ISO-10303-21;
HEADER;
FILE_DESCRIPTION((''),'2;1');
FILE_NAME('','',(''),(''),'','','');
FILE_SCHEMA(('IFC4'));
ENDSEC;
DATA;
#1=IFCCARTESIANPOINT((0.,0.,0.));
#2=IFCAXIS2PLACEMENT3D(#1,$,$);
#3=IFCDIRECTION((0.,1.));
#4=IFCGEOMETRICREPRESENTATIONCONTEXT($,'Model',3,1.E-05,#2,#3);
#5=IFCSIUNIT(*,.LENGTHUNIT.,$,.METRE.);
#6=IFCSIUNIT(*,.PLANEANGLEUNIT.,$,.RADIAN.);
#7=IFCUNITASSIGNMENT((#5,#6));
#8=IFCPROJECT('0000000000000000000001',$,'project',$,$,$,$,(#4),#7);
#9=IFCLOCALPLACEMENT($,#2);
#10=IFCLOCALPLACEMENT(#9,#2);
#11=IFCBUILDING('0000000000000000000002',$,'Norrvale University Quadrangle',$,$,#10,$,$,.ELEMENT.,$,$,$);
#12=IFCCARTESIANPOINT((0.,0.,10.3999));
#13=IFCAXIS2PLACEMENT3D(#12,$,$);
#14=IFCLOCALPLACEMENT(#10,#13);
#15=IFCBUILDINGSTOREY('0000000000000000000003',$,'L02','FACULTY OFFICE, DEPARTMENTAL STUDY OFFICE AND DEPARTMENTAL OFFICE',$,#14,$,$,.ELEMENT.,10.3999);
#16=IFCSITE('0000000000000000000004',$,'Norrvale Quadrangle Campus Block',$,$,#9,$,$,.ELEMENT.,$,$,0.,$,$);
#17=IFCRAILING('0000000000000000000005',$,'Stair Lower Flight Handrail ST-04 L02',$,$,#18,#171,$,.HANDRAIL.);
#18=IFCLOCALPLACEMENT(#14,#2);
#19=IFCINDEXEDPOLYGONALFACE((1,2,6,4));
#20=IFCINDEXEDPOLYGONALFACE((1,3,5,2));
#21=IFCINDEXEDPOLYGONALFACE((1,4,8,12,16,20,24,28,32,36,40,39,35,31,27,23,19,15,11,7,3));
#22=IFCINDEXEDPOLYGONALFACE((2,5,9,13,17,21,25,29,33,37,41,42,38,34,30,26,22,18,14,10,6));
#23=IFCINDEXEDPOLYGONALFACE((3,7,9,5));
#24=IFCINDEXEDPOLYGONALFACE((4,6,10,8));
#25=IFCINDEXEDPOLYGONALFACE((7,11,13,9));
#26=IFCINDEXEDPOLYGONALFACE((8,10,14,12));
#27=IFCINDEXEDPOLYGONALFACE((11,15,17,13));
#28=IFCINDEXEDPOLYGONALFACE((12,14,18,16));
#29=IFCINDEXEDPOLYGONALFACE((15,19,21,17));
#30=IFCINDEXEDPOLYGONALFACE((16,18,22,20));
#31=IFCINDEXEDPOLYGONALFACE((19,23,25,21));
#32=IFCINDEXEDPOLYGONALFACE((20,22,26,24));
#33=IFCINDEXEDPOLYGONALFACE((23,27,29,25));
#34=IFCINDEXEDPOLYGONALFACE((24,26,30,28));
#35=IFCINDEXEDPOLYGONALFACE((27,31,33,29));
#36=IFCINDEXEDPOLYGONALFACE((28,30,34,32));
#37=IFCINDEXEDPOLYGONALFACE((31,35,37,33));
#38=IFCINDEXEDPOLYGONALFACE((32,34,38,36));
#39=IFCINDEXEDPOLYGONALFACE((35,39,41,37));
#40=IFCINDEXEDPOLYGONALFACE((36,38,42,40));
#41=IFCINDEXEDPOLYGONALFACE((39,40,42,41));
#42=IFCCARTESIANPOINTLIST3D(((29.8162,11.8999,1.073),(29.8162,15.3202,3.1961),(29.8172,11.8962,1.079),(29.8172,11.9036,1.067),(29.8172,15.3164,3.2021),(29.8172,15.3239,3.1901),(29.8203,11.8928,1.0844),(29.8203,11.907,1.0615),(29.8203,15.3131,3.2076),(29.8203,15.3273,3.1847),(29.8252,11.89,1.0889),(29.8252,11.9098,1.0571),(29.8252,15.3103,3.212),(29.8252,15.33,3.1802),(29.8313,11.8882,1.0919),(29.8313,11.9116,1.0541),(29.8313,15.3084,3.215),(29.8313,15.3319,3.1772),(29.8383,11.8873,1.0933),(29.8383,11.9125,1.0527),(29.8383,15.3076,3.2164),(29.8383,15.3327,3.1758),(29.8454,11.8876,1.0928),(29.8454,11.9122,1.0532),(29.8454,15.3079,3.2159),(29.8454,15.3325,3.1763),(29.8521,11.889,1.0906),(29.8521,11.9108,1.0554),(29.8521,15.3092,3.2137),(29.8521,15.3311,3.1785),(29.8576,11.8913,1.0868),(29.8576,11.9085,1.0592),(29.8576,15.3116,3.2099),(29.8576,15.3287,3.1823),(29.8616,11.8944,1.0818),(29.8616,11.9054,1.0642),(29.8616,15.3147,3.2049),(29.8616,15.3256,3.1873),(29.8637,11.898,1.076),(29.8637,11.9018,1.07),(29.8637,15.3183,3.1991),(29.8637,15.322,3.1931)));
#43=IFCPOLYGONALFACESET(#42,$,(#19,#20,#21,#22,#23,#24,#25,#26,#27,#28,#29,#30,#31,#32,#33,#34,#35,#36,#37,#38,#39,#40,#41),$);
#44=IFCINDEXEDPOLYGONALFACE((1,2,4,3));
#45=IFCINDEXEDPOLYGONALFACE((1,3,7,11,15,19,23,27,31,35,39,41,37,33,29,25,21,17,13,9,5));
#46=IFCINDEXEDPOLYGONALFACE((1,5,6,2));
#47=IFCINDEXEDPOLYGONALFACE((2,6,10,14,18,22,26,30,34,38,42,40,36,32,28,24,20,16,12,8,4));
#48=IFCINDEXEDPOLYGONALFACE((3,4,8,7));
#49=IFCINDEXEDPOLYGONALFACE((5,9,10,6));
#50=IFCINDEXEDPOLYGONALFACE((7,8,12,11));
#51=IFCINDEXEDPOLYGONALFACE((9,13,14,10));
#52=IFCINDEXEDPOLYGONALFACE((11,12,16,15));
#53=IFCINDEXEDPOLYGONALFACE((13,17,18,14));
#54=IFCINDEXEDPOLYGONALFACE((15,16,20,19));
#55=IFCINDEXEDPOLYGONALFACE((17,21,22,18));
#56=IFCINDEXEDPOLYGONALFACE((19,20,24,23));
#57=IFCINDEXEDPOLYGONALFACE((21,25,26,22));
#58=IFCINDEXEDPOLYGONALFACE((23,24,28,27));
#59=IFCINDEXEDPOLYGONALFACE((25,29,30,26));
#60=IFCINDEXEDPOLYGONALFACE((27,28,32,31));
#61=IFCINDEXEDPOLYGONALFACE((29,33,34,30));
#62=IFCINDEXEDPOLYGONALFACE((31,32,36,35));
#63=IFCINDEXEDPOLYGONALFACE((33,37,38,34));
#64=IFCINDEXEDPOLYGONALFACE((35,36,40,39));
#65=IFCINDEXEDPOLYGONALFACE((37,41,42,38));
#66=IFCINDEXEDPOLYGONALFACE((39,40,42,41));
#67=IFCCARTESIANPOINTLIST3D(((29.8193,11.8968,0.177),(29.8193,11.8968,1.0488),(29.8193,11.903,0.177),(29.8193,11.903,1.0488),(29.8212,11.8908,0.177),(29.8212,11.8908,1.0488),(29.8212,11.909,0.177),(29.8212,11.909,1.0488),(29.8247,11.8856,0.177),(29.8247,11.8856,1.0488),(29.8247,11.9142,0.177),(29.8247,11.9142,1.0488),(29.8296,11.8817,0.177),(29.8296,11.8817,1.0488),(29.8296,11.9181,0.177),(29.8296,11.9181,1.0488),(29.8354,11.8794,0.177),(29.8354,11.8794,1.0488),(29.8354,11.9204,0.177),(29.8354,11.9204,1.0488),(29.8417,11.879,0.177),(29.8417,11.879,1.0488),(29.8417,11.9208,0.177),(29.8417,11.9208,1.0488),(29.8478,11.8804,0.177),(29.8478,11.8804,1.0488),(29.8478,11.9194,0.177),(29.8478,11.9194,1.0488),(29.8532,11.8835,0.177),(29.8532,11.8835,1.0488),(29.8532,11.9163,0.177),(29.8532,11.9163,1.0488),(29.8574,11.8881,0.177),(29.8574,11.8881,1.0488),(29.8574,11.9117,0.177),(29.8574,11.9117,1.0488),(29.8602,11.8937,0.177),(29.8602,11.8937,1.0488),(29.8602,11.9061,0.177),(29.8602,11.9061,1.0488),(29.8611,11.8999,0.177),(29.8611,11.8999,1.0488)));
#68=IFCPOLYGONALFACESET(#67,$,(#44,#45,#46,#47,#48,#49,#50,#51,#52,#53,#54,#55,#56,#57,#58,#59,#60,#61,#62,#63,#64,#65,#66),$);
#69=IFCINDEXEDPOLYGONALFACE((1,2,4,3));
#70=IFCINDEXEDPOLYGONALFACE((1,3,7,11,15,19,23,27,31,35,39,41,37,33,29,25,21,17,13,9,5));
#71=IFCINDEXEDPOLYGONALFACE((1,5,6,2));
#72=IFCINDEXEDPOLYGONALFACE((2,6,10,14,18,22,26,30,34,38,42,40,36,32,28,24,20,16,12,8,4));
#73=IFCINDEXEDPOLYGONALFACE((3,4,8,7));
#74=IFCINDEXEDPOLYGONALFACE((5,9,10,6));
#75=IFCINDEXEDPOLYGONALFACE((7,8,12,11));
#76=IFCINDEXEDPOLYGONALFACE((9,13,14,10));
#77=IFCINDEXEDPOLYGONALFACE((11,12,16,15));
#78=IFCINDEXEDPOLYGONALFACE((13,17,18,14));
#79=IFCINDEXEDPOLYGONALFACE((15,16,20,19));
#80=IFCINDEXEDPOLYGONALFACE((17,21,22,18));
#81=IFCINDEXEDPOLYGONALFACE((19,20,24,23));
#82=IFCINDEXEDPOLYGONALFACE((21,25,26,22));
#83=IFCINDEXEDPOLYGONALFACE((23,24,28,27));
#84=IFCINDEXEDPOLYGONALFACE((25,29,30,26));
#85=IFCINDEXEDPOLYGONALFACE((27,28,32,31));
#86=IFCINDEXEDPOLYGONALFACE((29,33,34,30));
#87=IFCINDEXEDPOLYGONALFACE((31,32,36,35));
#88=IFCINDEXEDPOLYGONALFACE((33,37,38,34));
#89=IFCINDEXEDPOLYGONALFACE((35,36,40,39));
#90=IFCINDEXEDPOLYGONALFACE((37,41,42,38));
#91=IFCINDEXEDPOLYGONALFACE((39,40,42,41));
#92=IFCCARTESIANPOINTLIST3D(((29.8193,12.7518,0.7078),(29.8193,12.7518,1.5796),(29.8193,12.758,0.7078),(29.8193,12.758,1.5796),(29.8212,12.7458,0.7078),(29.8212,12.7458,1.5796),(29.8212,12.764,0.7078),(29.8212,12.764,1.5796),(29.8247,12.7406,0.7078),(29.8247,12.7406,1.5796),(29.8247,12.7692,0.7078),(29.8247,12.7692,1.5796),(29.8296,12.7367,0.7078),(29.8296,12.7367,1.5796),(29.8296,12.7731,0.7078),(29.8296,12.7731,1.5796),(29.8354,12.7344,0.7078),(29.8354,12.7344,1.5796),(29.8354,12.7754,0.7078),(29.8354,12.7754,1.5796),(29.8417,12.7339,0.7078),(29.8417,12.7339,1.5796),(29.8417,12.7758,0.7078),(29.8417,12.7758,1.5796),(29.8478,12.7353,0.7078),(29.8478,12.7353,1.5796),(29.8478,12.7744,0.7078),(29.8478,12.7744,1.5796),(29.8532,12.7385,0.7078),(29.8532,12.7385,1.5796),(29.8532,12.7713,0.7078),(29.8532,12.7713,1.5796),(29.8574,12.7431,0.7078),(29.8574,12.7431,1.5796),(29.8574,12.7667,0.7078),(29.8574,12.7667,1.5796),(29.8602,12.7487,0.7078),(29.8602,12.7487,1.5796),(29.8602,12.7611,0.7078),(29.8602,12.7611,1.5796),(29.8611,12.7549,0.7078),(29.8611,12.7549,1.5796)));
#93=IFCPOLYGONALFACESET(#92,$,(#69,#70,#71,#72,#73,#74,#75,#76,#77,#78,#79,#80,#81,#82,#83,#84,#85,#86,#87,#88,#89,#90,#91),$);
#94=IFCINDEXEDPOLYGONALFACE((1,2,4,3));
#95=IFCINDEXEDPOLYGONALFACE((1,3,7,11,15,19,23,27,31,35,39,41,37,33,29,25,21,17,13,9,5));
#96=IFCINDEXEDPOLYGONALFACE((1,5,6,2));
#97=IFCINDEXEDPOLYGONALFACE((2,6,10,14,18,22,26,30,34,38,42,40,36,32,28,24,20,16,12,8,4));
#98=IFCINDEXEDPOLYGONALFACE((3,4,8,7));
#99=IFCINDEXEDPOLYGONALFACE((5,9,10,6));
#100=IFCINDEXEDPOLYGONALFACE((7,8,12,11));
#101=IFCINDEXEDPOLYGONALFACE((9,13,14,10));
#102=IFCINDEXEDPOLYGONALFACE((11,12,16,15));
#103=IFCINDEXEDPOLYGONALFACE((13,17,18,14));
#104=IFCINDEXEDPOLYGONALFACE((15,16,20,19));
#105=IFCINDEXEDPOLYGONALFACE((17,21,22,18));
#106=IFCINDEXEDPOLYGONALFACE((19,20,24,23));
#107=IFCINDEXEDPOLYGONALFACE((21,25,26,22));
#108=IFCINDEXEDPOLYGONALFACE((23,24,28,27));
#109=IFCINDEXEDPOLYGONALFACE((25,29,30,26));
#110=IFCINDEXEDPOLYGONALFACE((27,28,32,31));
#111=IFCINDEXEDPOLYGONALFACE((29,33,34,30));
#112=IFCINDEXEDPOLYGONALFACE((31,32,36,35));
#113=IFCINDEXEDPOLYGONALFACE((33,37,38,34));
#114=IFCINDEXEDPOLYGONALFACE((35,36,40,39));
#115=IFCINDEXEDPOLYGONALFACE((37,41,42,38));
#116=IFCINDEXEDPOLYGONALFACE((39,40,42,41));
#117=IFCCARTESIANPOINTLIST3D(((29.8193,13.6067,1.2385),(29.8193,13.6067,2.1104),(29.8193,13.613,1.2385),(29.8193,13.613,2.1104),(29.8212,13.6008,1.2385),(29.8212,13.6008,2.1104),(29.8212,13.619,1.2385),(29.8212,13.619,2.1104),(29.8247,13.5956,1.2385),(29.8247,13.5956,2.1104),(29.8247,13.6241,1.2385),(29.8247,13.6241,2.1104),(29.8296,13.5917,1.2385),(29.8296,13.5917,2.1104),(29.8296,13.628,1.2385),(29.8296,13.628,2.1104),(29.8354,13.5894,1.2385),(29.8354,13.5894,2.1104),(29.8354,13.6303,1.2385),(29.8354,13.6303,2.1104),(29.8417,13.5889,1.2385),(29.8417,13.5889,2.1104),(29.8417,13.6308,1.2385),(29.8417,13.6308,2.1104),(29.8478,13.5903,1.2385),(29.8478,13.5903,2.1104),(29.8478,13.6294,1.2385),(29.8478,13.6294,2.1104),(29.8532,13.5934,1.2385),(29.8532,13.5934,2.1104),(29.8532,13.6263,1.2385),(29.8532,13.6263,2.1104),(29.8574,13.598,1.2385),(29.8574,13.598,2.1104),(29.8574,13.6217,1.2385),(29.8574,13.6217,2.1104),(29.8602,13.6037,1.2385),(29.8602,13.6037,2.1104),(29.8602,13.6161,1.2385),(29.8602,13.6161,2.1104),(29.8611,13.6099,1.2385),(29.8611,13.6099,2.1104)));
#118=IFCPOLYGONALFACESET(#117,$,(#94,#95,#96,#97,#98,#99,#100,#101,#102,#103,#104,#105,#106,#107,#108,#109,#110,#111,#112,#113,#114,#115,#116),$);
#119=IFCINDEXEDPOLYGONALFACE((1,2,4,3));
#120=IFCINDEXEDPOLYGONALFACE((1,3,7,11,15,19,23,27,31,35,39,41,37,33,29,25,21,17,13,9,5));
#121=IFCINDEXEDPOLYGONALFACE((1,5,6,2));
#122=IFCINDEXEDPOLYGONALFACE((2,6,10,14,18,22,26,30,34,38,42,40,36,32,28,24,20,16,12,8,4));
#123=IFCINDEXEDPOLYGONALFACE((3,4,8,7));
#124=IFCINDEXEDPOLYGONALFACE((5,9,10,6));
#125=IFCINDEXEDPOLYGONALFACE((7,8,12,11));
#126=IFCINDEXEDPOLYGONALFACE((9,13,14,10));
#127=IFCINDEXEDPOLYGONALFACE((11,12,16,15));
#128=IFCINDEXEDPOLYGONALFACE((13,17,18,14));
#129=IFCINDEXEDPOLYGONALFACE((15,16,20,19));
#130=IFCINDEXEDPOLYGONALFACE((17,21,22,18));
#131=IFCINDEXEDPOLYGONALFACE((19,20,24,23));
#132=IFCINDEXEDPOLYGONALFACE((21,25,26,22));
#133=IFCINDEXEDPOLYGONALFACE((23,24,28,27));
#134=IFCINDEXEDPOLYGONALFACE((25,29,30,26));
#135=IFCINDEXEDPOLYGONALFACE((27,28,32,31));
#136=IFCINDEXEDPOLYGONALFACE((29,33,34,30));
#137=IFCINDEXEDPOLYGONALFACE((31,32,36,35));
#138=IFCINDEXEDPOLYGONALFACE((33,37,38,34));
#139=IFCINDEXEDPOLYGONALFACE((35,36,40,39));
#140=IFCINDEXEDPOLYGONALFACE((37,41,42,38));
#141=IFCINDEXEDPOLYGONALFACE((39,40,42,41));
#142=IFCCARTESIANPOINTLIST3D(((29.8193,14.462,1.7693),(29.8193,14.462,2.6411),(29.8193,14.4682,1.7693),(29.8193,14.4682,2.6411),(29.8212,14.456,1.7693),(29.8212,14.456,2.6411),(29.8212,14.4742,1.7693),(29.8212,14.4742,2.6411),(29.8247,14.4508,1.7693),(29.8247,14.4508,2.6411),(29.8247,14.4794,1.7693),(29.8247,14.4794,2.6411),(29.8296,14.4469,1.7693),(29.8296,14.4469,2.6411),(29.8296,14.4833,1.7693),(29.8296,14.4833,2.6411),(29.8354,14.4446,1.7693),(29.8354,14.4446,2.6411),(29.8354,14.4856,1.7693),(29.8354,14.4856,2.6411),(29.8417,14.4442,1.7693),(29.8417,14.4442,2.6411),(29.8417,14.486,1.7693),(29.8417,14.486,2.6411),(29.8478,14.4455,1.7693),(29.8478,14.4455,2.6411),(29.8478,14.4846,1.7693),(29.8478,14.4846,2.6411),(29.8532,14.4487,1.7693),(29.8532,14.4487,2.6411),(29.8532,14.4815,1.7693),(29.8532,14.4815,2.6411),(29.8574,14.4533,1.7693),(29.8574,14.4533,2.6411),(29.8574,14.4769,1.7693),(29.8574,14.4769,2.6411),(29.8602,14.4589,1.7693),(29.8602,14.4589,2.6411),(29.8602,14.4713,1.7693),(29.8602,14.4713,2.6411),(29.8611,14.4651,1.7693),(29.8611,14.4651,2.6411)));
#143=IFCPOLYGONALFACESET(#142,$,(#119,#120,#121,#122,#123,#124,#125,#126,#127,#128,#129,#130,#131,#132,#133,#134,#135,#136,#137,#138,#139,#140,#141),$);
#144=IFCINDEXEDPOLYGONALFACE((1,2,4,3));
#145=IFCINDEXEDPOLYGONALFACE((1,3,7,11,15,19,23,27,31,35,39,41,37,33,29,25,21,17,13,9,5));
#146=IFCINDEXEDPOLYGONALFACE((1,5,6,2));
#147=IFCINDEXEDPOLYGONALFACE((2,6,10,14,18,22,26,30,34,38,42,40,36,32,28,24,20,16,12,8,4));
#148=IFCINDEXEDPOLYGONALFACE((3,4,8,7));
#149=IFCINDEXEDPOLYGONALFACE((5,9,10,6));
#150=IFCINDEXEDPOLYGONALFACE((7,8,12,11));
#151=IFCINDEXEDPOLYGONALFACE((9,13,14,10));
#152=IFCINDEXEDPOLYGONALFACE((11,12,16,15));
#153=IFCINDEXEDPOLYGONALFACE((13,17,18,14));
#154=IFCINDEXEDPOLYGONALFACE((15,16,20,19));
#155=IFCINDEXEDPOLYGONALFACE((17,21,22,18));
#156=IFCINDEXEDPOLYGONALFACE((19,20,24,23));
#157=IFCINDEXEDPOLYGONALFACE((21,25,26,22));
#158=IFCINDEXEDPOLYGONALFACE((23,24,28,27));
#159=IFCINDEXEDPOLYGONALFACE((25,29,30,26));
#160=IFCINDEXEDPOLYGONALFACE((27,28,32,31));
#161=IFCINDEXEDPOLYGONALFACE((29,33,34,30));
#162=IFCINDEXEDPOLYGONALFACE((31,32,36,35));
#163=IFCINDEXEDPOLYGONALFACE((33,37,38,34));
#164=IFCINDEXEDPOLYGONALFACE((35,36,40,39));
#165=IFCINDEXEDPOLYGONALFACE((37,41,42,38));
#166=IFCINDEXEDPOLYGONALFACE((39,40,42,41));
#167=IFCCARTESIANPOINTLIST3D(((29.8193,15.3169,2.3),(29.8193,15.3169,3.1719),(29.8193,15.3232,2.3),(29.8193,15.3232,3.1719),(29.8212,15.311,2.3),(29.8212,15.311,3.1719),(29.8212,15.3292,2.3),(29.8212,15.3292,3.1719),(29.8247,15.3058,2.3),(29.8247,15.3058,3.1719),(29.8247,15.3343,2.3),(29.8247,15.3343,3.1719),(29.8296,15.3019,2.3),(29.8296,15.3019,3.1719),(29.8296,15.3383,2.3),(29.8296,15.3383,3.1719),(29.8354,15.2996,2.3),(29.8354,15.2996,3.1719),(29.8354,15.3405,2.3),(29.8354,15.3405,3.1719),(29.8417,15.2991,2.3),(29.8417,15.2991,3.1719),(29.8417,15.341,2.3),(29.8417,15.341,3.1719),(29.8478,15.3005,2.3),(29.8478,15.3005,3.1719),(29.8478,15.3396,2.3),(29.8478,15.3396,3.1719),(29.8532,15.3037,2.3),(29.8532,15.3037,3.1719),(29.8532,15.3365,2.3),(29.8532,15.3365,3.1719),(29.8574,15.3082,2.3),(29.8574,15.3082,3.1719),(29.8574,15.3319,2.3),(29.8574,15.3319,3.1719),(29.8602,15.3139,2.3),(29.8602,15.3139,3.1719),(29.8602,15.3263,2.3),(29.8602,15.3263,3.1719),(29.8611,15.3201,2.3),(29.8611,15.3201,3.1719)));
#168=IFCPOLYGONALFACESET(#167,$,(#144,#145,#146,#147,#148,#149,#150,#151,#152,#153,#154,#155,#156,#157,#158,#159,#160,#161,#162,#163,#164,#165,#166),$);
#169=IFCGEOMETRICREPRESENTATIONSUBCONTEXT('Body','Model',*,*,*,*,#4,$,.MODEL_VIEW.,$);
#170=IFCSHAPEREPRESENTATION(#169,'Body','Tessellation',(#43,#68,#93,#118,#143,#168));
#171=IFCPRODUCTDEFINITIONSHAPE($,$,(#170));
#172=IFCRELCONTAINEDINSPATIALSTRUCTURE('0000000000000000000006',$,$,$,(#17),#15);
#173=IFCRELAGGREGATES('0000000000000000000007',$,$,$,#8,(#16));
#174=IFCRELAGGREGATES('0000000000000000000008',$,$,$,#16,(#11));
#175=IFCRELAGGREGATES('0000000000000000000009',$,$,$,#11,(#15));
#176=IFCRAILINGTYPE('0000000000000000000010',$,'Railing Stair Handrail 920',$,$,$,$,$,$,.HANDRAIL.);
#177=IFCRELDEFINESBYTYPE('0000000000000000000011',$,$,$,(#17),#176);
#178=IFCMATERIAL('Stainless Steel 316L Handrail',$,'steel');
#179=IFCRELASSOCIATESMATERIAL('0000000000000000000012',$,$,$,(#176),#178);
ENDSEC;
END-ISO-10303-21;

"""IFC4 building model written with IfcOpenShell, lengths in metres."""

from ifc_helpers import new_model, si_unit, direction, frame, origin, origin_2d, place, context, subcontext, project, spatial, circle, extrude, material, type_object, element, save


model = new_model("IFC4")

# Units and contexts
model_context = context("Model", 3, precision=1e-05, world=origin(), true_north=direction((0.0, 1.0)))
body_context = subcontext(model_context, "Body", "Model", "MODEL_VIEW")
ifc_project = project(units=[si_unit("LENGTHUNIT", "METRE"), si_unit("PLANEANGLEUNIT", "RADIAN")], contexts=[model_context])

# Site, building, storey
site_placement = place(None, origin())
site = spatial("IfcSite", under=ifc_project, at=site_placement, Name="Norrvale Quadrangle Campus Block", CompositionType="ELEMENT", RefElevation=0.0)
building_placement = place(site_placement, origin())
building = spatial("IfcBuilding", under=site, at=building_placement, Name="Norrvale University Quadrangle", CompositionType="ELEMENT")
storey_placement = place(building_placement, frame((0.0, 0.0, 10.3999)))
storey = spatial("IfcBuildingStorey", under=building, at=storey_placement, Name="L02", Description="FACULTY OFFICE, DEPARTMENTAL STUDY OFFICE AND DEPARTMENTAL OFFICE", CompositionType="ELEMENT", Elevation=10.3999)

# Railing
ifc_material_1 = material(Name="Stainless Steel 316L Handrail", Category="steel")
railing_type_1 = type_object("IfcRailingType", Name="Railing Stair Handrail 920", PredefinedType="HANDRAIL", material=ifc_material_1)
railing_1_placement = place(storey_placement, frame((29.8401, 11.8999, 0.177)))
element("IfcRailing", 1, at=railing_1_placement, inside=storey, type_object=railing_type_1, Name="Stair Lower Flight Handrail ST-04 L02", PredefinedType="HANDRAIL", context=body_context, shape_type="SweptSolid", body=[
    extrude(circle(Radius=0.0239, at=origin_2d()), frame((0.0, 0.0, 0.896), z_axis=(0.0, 0.84962, 0.527396), x_axis=(-1.0, 0.0, 0.0)), (0.0, 0.0, 1.0), 4.0256),
    extrude(circle(Radius=0.021, at=origin_2d()), origin(), (0.0, 0.0, 1.0), 0.8718),
    extrude(circle(Radius=0.021, at=origin_2d()), frame((0.0, 0.855, 0.5308)), (0.0, 0.0, 1.0), 0.8718),
    extrude(circle(Radius=0.021, at=origin_2d()), frame((0.0, 1.71, 1.0615)), (0.0, 0.0, 1.0), 0.8718),
    extrude(circle(Radius=0.021, at=origin_2d()), frame((0.0, 2.5652, 1.5923)), (0.0, 0.0, 1.0), 0.8718),
    extrude(circle(Radius=0.021, at=origin_2d()), frame((0.0, 3.4202, 2.123)), (0.0, 0.0, 1.0), 0.8718),
])

save(model, "model.ifc")
